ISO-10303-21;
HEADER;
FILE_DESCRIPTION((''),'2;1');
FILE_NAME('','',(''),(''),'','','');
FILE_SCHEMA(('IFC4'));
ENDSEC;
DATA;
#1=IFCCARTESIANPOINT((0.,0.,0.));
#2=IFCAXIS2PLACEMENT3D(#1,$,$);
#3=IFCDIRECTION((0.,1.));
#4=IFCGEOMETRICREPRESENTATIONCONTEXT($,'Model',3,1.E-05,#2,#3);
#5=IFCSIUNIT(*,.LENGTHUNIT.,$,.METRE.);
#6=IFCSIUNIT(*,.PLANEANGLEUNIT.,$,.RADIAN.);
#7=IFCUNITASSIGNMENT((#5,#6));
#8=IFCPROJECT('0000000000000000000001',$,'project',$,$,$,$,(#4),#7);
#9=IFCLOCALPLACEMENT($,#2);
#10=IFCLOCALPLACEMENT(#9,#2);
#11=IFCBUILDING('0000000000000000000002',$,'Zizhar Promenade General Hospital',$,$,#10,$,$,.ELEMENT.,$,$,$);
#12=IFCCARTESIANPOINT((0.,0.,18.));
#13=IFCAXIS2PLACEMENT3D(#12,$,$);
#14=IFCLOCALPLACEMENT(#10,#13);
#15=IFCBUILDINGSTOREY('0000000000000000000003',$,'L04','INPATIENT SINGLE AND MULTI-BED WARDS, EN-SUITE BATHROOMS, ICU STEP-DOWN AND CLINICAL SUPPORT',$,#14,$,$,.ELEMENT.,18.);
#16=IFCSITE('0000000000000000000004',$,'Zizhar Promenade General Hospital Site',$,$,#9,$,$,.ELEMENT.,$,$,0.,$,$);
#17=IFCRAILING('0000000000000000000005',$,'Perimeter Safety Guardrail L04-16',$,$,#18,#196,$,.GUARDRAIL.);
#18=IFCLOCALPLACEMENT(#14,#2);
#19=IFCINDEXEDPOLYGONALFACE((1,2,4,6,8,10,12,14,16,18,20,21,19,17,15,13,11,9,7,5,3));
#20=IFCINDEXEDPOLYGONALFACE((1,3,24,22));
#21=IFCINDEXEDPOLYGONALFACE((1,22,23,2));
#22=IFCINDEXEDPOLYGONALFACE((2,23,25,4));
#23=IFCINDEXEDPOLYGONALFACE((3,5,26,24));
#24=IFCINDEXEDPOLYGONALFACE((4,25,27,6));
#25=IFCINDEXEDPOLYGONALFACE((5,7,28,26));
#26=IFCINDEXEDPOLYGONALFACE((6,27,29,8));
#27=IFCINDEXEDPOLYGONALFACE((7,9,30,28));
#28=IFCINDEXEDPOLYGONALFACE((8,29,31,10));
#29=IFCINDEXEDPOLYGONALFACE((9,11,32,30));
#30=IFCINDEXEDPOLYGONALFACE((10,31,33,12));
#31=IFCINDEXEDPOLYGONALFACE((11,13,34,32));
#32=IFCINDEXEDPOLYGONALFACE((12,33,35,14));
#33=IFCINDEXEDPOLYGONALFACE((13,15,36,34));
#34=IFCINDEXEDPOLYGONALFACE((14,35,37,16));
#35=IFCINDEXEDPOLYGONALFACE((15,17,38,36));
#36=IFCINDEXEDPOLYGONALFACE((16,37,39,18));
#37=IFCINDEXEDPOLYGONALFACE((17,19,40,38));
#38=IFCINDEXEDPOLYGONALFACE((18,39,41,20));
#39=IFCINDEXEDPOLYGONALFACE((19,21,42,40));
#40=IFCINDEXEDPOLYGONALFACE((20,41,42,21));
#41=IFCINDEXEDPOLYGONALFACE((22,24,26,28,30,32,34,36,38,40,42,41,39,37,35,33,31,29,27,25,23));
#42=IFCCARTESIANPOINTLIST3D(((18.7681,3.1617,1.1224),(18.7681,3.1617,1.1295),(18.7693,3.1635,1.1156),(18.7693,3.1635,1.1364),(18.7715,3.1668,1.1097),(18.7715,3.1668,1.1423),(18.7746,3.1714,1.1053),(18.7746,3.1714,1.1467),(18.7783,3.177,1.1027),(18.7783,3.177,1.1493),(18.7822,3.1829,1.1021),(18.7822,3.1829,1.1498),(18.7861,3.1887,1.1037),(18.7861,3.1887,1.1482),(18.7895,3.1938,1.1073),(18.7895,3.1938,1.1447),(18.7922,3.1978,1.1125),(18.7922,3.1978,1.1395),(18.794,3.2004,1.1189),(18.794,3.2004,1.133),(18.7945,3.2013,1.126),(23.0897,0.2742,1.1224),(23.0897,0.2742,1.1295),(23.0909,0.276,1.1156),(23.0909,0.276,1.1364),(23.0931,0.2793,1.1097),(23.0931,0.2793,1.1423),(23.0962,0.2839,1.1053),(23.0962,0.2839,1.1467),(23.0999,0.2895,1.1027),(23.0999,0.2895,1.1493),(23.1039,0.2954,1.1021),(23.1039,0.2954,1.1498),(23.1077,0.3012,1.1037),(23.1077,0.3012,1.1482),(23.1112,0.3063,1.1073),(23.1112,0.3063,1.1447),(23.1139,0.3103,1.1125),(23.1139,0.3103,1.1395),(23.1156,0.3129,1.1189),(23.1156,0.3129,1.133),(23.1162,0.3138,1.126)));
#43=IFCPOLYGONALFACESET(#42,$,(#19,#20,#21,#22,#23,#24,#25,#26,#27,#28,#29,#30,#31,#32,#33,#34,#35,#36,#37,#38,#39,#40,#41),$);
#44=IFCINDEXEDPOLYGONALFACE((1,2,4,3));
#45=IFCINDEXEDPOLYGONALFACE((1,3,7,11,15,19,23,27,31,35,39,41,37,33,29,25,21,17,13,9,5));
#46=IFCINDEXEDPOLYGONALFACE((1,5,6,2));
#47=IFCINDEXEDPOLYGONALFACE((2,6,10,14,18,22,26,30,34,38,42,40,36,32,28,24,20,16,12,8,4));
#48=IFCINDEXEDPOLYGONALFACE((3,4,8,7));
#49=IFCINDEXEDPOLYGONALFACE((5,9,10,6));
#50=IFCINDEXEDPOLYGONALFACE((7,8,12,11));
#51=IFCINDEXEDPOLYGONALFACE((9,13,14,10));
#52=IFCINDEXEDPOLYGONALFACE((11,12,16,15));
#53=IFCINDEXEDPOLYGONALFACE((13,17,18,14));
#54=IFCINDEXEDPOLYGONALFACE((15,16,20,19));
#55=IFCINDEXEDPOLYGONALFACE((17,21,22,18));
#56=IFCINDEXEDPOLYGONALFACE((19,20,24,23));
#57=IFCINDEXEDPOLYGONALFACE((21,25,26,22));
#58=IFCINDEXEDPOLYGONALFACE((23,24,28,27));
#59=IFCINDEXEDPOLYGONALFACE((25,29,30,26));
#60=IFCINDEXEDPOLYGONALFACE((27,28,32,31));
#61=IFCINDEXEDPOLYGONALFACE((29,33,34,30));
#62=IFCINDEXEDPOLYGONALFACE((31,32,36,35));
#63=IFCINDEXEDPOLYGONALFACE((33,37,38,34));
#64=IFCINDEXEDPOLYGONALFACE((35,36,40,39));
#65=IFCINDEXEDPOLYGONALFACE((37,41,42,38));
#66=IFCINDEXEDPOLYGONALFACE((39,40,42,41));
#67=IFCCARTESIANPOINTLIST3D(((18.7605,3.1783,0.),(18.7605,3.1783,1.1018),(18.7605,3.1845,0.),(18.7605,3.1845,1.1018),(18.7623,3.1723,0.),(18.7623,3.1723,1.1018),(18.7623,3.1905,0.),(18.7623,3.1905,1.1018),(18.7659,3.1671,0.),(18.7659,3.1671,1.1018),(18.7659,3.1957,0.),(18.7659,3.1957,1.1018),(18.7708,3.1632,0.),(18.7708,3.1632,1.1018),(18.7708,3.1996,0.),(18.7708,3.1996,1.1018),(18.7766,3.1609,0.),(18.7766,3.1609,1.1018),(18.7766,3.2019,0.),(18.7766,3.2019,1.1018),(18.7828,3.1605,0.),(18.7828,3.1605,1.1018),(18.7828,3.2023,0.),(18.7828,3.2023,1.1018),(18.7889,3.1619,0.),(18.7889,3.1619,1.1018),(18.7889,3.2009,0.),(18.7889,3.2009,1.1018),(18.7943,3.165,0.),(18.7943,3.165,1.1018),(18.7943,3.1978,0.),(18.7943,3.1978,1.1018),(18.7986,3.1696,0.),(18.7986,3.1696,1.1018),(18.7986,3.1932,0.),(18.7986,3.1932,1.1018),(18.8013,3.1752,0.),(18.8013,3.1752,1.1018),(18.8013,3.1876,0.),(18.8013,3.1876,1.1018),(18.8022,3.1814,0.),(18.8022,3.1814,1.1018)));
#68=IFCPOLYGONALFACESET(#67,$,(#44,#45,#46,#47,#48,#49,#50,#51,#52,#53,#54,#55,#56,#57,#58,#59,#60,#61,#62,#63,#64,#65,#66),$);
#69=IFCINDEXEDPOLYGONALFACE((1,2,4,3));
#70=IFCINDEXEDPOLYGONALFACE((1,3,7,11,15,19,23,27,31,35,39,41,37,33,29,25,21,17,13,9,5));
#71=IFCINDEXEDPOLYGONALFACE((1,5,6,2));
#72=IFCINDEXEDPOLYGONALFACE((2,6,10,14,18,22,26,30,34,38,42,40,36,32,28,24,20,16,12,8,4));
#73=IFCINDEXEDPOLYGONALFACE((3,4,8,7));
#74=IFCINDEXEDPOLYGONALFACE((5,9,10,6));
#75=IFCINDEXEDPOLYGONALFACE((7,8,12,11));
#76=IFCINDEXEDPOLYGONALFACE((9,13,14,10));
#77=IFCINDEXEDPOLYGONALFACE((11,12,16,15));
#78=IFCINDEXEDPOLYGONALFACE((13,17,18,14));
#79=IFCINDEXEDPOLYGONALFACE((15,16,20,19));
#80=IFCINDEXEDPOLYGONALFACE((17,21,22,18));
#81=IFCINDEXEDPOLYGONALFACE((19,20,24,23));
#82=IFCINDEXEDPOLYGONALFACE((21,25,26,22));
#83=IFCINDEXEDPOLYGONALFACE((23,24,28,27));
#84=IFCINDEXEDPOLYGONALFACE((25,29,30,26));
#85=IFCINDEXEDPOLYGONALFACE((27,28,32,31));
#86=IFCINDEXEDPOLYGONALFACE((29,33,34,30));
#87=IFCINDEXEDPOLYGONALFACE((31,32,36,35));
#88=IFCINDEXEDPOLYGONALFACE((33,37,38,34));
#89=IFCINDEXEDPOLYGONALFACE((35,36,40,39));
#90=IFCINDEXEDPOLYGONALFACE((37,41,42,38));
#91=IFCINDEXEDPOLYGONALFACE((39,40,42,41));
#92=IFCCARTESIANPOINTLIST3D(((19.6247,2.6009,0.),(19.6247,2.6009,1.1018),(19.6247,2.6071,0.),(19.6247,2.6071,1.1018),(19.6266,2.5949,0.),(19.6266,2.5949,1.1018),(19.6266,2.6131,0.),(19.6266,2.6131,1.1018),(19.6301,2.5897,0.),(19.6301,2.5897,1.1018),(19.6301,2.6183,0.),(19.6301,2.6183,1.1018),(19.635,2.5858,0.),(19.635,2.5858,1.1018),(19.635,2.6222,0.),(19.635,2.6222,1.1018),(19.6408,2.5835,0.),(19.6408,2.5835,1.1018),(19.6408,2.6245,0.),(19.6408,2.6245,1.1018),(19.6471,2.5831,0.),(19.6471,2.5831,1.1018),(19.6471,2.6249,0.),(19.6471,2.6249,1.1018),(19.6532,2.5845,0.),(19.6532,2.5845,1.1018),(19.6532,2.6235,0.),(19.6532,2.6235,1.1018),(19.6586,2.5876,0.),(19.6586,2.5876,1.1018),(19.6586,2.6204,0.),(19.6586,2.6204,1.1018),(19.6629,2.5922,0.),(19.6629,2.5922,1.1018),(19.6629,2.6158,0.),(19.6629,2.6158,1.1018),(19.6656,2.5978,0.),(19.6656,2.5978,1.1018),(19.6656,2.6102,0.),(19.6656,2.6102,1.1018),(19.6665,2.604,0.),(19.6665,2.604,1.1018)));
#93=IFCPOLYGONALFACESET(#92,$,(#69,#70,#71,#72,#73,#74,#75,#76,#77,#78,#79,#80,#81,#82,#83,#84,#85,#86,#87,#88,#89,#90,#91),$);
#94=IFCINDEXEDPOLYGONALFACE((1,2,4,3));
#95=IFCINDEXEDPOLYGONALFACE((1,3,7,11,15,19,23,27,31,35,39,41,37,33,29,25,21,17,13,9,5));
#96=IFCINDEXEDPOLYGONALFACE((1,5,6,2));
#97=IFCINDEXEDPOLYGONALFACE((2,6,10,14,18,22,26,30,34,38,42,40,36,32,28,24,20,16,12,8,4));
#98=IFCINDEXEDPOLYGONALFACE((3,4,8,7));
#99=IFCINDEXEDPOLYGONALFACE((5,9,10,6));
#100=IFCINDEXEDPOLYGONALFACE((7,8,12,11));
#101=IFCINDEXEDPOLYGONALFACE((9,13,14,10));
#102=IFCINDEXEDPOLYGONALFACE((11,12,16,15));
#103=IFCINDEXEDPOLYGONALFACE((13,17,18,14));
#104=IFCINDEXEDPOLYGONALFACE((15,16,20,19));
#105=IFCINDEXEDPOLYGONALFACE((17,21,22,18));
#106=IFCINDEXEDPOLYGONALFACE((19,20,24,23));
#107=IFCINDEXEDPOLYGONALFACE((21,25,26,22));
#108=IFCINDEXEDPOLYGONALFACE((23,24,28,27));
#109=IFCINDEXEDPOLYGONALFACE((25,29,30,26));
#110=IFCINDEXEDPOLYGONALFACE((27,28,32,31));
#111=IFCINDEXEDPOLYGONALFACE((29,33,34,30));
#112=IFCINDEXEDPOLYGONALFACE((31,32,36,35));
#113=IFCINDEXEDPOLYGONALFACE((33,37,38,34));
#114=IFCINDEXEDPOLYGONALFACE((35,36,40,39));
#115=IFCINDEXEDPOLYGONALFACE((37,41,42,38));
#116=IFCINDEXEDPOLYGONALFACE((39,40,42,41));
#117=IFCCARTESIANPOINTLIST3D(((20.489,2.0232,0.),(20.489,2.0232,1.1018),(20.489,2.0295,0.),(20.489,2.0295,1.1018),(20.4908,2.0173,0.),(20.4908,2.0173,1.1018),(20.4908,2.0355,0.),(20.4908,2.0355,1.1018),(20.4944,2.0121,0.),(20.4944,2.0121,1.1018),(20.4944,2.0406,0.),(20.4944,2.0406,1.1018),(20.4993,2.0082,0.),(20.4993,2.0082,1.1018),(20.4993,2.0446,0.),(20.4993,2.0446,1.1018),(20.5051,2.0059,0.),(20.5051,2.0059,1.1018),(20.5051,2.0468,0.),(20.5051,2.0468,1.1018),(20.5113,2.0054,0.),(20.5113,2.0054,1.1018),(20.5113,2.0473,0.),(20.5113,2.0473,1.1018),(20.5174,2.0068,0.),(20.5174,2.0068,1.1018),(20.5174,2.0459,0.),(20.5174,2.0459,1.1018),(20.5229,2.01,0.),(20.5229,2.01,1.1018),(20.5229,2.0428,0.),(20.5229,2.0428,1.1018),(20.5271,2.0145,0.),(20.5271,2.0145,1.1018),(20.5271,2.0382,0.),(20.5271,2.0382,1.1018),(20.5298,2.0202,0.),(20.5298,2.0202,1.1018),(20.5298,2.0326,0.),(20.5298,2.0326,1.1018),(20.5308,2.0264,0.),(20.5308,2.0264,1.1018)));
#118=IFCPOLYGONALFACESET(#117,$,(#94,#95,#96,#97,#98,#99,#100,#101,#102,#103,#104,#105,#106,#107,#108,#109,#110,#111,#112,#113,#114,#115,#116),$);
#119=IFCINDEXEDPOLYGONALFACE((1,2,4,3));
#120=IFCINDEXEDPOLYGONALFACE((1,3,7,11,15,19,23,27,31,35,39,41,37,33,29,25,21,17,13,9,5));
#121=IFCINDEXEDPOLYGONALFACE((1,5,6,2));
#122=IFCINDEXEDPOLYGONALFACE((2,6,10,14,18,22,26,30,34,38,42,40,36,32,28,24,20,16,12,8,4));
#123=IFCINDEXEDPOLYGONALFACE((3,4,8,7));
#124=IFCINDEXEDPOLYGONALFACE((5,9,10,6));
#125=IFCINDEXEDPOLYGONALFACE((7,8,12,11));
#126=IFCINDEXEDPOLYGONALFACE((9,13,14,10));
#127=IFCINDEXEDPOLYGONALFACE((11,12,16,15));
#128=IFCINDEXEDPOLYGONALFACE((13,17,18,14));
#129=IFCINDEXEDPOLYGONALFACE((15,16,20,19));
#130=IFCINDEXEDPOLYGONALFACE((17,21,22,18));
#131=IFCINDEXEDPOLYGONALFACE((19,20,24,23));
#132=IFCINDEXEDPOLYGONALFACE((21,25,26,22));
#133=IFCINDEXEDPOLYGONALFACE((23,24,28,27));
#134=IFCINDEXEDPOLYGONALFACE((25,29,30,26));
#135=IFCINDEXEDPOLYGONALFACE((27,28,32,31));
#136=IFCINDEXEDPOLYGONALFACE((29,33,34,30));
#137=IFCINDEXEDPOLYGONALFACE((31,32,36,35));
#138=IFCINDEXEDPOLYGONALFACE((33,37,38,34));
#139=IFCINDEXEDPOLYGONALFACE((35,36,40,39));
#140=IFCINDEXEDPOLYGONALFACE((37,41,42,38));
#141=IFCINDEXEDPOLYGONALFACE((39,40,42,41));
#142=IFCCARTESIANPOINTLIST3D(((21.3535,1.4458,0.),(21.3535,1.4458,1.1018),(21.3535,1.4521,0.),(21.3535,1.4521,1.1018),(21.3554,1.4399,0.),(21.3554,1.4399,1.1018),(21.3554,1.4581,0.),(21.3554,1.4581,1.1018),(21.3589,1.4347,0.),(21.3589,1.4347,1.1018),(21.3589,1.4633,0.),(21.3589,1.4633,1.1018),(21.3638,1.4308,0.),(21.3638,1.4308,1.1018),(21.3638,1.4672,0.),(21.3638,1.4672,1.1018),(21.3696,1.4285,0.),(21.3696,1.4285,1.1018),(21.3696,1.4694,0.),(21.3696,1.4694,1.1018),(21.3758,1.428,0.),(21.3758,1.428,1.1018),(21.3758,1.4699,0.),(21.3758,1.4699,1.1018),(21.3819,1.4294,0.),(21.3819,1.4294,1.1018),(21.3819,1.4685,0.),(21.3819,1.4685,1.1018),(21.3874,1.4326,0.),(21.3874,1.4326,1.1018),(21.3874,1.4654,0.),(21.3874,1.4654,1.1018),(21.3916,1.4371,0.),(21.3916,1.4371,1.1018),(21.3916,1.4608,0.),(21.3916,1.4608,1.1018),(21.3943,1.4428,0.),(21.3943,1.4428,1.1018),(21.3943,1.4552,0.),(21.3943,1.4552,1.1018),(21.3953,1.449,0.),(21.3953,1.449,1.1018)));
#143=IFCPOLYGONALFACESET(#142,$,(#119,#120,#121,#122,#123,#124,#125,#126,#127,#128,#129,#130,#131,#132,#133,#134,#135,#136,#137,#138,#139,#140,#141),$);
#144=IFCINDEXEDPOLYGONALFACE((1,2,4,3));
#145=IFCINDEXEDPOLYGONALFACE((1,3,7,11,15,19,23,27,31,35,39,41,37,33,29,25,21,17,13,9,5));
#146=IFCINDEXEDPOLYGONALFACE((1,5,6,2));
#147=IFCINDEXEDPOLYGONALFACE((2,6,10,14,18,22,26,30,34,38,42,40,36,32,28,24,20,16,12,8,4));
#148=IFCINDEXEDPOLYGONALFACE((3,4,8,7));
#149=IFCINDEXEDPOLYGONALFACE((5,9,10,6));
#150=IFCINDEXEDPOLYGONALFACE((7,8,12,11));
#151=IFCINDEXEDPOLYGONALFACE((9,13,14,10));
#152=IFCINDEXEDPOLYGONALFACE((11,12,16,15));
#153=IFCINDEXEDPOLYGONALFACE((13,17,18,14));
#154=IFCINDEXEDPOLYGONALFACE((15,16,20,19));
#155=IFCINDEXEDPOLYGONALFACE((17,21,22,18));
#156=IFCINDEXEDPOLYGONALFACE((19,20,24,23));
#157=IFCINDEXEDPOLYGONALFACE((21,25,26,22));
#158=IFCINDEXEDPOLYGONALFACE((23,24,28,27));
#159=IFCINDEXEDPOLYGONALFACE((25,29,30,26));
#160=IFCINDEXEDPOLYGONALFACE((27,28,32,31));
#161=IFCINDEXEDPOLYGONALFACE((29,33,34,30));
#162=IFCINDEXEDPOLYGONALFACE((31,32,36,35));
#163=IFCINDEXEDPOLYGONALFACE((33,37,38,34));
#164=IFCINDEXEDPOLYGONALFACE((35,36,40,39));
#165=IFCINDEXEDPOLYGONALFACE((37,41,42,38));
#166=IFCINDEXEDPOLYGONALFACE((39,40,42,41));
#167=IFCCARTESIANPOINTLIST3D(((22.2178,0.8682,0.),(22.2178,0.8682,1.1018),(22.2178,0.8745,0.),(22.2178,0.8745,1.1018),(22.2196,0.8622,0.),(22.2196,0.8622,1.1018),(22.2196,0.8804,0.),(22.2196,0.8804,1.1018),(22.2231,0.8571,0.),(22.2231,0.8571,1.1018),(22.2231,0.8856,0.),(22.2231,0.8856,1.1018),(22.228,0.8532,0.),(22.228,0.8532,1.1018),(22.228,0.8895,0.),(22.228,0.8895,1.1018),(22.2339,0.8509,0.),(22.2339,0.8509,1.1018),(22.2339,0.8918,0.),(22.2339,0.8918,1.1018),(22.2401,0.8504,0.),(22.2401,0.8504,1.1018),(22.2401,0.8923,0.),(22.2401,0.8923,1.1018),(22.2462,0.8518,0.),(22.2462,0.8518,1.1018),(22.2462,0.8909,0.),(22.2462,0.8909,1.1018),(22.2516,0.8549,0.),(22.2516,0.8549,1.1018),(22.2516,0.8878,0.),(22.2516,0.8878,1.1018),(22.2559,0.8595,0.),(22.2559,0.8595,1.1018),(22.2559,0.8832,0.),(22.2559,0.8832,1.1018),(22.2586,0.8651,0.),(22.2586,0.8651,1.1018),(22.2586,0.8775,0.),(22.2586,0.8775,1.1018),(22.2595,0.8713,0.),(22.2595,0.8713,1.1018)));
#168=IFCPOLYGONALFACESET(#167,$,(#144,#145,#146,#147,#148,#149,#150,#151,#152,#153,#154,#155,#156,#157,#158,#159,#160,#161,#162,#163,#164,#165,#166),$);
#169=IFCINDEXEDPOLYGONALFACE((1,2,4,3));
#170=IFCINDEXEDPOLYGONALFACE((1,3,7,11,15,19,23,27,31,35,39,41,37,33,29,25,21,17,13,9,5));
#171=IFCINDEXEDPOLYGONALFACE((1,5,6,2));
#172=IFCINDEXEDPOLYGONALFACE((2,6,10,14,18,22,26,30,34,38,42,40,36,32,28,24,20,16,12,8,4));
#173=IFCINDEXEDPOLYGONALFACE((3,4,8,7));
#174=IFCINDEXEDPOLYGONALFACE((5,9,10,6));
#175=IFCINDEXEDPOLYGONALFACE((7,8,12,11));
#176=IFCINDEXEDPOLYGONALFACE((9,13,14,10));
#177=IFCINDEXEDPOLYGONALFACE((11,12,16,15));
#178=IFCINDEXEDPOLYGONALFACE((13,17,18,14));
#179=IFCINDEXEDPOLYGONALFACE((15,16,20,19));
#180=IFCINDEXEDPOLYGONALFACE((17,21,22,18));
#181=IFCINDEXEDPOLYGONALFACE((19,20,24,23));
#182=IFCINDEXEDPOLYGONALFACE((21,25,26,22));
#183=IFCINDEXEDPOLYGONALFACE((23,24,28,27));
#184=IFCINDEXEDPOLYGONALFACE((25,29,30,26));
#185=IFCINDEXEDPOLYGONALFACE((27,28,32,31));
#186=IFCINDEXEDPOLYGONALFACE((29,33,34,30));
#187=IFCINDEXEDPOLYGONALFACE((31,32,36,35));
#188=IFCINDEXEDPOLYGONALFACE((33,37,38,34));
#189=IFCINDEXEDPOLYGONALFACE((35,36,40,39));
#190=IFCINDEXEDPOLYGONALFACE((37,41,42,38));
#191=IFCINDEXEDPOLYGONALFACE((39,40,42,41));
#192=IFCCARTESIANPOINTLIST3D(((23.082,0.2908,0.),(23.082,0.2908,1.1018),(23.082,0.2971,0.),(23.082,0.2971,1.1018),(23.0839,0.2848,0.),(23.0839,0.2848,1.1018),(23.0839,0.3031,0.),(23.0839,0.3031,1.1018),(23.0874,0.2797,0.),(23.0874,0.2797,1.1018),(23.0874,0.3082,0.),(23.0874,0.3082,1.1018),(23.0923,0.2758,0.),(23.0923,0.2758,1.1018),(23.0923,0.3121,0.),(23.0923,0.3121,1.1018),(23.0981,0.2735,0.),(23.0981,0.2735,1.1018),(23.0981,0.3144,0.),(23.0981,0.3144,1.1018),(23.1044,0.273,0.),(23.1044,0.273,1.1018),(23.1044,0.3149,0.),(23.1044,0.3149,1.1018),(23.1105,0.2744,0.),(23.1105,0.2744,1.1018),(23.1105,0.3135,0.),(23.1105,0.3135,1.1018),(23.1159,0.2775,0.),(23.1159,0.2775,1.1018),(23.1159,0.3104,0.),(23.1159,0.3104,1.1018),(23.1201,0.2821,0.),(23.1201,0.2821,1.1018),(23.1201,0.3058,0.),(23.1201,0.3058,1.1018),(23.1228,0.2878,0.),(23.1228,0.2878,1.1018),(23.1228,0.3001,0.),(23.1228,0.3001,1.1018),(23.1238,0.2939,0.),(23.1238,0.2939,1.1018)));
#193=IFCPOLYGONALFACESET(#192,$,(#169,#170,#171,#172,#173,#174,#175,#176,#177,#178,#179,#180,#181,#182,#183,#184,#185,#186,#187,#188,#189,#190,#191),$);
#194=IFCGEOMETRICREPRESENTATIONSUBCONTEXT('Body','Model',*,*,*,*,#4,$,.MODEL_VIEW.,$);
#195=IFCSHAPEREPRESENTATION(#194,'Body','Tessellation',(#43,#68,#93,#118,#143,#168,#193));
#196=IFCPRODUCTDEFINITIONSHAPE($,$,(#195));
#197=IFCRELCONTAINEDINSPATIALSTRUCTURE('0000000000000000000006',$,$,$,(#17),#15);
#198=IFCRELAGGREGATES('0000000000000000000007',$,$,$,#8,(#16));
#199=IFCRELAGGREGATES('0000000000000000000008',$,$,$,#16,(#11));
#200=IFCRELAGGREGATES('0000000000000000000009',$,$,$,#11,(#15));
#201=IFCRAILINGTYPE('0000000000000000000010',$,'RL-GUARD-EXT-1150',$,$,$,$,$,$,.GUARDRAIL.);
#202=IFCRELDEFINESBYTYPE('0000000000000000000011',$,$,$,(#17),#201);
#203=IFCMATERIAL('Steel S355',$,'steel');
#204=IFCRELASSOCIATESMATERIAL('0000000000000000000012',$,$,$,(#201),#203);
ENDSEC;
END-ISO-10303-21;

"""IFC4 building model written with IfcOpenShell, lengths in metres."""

from ifc_helpers import new_model, si_unit, direction, frame, origin, origin_2d, place, context, subcontext, project, spatial, hollow_rectangle, circle, extrude, material, material_profile, profile_set, type_object, element, save


model = new_model("IFC4")

# Units and contexts
model_context = context("Model", 3, precision=1e-05, world=origin(), true_north=direction((0.0, 1.0)))
body_context = subcontext(model_context, "Body", "Model", "MODEL_VIEW")
ifc_project = project(units=[si_unit("LENGTHUNIT", "METRE"), si_unit("PLANEANGLEUNIT", "RADIAN")], contexts=[model_context])

# Site, building, storey
site_placement = place(None, origin())
site = spatial("IfcSite", under=ifc_project, at=site_placement, Name="Zizhar Promenade General Hospital Site", CompositionType="ELEMENT", RefElevation=0.0)
building_placement = place(site_placement, origin())
building = spatial("IfcBuilding", under=site, at=building_placement, Name="Zizhar Promenade General Hospital", CompositionType="ELEMENT")
storey_placement = place(building_placement, frame((0.0, 0.0, 18.0)))
storey = spatial("IfcBuildingStorey", under=building, at=storey_placement, Name="L04", Description="INPATIENT SINGLE AND MULTI-BED WARDS, EN-SUITE BATHROOMS, ICU STEP-DOWN AND CLINICAL SUPPORT", CompositionType="ELEMENT", Elevation=18.0)

# Railing
ifc_material_1 = material(Name="Steel S355", Category="steel")
ifc_material_profile_1 = material_profile(ifc_material_1, hollow_rectangle(XDim=0.0601, YDim=0.1201, WallThickness=0.0039, at=origin_2d()))
ifc_profile_set_1 = profile_set([ifc_material_profile_1], Name="Steel S355")
railing_type = type_object("IfcRailingType", Name="RL-GUARD-EXT-1150", PredefinedType="GUARDRAIL", material=ifc_profile_set_1)
railing_1_placement = place(storey_placement, frame((18.7812, 3.1814, 0.0)))
element("IfcRailing", 1, at=railing_1_placement, inside=storey, type_object=railing_type, Name="Perimeter Safety Guardrail L04-16", PredefinedType="GUARDRAIL", context=body_context, shape_type="SweptSolid", body=[
    extrude(circle(Radius=0.0239, at=origin_2d()), frame((0.0, 0.0, 1.126), z_axis=(0.831479, -0.555556, 0.0), x_axis=(0.555556, 0.831479, 0.0)), (0.0, 0.0, 1.0), 5.1975),
    extrude(circle(Radius=0.021, at=origin_2d()), origin(), (0.0, 0.0, 1.0), 1.1018),
    extrude(circle(Radius=0.021, at=origin_2d()), frame((0.8643, -0.5774, 0.0)), (0.0, 0.0, 1.0), 1.1018),
    extrude(circle(Radius=0.021, at=origin_2d()), frame((1.7285, -1.155, 0.0)), (0.0, 0.0, 1.0), 1.1018),
    extrude(circle(Radius=0.021, at=origin_2d()), frame((2.593, -1.7324, 0.0)), (0.0, 0.0, 1.0), 1.1018),
    extrude(circle(Radius=0.021, at=origin_2d()), frame((3.4573, -2.3101, 0.0)), (0.0, 0.0, 1.0), 1.1018),
    extrude(circle(Radius=0.021, at=origin_2d()), frame((4.3215, -2.8875, 0.0)), (0.0, 0.0, 1.0), 1.1018),
])

save(model, "model.ifc")
